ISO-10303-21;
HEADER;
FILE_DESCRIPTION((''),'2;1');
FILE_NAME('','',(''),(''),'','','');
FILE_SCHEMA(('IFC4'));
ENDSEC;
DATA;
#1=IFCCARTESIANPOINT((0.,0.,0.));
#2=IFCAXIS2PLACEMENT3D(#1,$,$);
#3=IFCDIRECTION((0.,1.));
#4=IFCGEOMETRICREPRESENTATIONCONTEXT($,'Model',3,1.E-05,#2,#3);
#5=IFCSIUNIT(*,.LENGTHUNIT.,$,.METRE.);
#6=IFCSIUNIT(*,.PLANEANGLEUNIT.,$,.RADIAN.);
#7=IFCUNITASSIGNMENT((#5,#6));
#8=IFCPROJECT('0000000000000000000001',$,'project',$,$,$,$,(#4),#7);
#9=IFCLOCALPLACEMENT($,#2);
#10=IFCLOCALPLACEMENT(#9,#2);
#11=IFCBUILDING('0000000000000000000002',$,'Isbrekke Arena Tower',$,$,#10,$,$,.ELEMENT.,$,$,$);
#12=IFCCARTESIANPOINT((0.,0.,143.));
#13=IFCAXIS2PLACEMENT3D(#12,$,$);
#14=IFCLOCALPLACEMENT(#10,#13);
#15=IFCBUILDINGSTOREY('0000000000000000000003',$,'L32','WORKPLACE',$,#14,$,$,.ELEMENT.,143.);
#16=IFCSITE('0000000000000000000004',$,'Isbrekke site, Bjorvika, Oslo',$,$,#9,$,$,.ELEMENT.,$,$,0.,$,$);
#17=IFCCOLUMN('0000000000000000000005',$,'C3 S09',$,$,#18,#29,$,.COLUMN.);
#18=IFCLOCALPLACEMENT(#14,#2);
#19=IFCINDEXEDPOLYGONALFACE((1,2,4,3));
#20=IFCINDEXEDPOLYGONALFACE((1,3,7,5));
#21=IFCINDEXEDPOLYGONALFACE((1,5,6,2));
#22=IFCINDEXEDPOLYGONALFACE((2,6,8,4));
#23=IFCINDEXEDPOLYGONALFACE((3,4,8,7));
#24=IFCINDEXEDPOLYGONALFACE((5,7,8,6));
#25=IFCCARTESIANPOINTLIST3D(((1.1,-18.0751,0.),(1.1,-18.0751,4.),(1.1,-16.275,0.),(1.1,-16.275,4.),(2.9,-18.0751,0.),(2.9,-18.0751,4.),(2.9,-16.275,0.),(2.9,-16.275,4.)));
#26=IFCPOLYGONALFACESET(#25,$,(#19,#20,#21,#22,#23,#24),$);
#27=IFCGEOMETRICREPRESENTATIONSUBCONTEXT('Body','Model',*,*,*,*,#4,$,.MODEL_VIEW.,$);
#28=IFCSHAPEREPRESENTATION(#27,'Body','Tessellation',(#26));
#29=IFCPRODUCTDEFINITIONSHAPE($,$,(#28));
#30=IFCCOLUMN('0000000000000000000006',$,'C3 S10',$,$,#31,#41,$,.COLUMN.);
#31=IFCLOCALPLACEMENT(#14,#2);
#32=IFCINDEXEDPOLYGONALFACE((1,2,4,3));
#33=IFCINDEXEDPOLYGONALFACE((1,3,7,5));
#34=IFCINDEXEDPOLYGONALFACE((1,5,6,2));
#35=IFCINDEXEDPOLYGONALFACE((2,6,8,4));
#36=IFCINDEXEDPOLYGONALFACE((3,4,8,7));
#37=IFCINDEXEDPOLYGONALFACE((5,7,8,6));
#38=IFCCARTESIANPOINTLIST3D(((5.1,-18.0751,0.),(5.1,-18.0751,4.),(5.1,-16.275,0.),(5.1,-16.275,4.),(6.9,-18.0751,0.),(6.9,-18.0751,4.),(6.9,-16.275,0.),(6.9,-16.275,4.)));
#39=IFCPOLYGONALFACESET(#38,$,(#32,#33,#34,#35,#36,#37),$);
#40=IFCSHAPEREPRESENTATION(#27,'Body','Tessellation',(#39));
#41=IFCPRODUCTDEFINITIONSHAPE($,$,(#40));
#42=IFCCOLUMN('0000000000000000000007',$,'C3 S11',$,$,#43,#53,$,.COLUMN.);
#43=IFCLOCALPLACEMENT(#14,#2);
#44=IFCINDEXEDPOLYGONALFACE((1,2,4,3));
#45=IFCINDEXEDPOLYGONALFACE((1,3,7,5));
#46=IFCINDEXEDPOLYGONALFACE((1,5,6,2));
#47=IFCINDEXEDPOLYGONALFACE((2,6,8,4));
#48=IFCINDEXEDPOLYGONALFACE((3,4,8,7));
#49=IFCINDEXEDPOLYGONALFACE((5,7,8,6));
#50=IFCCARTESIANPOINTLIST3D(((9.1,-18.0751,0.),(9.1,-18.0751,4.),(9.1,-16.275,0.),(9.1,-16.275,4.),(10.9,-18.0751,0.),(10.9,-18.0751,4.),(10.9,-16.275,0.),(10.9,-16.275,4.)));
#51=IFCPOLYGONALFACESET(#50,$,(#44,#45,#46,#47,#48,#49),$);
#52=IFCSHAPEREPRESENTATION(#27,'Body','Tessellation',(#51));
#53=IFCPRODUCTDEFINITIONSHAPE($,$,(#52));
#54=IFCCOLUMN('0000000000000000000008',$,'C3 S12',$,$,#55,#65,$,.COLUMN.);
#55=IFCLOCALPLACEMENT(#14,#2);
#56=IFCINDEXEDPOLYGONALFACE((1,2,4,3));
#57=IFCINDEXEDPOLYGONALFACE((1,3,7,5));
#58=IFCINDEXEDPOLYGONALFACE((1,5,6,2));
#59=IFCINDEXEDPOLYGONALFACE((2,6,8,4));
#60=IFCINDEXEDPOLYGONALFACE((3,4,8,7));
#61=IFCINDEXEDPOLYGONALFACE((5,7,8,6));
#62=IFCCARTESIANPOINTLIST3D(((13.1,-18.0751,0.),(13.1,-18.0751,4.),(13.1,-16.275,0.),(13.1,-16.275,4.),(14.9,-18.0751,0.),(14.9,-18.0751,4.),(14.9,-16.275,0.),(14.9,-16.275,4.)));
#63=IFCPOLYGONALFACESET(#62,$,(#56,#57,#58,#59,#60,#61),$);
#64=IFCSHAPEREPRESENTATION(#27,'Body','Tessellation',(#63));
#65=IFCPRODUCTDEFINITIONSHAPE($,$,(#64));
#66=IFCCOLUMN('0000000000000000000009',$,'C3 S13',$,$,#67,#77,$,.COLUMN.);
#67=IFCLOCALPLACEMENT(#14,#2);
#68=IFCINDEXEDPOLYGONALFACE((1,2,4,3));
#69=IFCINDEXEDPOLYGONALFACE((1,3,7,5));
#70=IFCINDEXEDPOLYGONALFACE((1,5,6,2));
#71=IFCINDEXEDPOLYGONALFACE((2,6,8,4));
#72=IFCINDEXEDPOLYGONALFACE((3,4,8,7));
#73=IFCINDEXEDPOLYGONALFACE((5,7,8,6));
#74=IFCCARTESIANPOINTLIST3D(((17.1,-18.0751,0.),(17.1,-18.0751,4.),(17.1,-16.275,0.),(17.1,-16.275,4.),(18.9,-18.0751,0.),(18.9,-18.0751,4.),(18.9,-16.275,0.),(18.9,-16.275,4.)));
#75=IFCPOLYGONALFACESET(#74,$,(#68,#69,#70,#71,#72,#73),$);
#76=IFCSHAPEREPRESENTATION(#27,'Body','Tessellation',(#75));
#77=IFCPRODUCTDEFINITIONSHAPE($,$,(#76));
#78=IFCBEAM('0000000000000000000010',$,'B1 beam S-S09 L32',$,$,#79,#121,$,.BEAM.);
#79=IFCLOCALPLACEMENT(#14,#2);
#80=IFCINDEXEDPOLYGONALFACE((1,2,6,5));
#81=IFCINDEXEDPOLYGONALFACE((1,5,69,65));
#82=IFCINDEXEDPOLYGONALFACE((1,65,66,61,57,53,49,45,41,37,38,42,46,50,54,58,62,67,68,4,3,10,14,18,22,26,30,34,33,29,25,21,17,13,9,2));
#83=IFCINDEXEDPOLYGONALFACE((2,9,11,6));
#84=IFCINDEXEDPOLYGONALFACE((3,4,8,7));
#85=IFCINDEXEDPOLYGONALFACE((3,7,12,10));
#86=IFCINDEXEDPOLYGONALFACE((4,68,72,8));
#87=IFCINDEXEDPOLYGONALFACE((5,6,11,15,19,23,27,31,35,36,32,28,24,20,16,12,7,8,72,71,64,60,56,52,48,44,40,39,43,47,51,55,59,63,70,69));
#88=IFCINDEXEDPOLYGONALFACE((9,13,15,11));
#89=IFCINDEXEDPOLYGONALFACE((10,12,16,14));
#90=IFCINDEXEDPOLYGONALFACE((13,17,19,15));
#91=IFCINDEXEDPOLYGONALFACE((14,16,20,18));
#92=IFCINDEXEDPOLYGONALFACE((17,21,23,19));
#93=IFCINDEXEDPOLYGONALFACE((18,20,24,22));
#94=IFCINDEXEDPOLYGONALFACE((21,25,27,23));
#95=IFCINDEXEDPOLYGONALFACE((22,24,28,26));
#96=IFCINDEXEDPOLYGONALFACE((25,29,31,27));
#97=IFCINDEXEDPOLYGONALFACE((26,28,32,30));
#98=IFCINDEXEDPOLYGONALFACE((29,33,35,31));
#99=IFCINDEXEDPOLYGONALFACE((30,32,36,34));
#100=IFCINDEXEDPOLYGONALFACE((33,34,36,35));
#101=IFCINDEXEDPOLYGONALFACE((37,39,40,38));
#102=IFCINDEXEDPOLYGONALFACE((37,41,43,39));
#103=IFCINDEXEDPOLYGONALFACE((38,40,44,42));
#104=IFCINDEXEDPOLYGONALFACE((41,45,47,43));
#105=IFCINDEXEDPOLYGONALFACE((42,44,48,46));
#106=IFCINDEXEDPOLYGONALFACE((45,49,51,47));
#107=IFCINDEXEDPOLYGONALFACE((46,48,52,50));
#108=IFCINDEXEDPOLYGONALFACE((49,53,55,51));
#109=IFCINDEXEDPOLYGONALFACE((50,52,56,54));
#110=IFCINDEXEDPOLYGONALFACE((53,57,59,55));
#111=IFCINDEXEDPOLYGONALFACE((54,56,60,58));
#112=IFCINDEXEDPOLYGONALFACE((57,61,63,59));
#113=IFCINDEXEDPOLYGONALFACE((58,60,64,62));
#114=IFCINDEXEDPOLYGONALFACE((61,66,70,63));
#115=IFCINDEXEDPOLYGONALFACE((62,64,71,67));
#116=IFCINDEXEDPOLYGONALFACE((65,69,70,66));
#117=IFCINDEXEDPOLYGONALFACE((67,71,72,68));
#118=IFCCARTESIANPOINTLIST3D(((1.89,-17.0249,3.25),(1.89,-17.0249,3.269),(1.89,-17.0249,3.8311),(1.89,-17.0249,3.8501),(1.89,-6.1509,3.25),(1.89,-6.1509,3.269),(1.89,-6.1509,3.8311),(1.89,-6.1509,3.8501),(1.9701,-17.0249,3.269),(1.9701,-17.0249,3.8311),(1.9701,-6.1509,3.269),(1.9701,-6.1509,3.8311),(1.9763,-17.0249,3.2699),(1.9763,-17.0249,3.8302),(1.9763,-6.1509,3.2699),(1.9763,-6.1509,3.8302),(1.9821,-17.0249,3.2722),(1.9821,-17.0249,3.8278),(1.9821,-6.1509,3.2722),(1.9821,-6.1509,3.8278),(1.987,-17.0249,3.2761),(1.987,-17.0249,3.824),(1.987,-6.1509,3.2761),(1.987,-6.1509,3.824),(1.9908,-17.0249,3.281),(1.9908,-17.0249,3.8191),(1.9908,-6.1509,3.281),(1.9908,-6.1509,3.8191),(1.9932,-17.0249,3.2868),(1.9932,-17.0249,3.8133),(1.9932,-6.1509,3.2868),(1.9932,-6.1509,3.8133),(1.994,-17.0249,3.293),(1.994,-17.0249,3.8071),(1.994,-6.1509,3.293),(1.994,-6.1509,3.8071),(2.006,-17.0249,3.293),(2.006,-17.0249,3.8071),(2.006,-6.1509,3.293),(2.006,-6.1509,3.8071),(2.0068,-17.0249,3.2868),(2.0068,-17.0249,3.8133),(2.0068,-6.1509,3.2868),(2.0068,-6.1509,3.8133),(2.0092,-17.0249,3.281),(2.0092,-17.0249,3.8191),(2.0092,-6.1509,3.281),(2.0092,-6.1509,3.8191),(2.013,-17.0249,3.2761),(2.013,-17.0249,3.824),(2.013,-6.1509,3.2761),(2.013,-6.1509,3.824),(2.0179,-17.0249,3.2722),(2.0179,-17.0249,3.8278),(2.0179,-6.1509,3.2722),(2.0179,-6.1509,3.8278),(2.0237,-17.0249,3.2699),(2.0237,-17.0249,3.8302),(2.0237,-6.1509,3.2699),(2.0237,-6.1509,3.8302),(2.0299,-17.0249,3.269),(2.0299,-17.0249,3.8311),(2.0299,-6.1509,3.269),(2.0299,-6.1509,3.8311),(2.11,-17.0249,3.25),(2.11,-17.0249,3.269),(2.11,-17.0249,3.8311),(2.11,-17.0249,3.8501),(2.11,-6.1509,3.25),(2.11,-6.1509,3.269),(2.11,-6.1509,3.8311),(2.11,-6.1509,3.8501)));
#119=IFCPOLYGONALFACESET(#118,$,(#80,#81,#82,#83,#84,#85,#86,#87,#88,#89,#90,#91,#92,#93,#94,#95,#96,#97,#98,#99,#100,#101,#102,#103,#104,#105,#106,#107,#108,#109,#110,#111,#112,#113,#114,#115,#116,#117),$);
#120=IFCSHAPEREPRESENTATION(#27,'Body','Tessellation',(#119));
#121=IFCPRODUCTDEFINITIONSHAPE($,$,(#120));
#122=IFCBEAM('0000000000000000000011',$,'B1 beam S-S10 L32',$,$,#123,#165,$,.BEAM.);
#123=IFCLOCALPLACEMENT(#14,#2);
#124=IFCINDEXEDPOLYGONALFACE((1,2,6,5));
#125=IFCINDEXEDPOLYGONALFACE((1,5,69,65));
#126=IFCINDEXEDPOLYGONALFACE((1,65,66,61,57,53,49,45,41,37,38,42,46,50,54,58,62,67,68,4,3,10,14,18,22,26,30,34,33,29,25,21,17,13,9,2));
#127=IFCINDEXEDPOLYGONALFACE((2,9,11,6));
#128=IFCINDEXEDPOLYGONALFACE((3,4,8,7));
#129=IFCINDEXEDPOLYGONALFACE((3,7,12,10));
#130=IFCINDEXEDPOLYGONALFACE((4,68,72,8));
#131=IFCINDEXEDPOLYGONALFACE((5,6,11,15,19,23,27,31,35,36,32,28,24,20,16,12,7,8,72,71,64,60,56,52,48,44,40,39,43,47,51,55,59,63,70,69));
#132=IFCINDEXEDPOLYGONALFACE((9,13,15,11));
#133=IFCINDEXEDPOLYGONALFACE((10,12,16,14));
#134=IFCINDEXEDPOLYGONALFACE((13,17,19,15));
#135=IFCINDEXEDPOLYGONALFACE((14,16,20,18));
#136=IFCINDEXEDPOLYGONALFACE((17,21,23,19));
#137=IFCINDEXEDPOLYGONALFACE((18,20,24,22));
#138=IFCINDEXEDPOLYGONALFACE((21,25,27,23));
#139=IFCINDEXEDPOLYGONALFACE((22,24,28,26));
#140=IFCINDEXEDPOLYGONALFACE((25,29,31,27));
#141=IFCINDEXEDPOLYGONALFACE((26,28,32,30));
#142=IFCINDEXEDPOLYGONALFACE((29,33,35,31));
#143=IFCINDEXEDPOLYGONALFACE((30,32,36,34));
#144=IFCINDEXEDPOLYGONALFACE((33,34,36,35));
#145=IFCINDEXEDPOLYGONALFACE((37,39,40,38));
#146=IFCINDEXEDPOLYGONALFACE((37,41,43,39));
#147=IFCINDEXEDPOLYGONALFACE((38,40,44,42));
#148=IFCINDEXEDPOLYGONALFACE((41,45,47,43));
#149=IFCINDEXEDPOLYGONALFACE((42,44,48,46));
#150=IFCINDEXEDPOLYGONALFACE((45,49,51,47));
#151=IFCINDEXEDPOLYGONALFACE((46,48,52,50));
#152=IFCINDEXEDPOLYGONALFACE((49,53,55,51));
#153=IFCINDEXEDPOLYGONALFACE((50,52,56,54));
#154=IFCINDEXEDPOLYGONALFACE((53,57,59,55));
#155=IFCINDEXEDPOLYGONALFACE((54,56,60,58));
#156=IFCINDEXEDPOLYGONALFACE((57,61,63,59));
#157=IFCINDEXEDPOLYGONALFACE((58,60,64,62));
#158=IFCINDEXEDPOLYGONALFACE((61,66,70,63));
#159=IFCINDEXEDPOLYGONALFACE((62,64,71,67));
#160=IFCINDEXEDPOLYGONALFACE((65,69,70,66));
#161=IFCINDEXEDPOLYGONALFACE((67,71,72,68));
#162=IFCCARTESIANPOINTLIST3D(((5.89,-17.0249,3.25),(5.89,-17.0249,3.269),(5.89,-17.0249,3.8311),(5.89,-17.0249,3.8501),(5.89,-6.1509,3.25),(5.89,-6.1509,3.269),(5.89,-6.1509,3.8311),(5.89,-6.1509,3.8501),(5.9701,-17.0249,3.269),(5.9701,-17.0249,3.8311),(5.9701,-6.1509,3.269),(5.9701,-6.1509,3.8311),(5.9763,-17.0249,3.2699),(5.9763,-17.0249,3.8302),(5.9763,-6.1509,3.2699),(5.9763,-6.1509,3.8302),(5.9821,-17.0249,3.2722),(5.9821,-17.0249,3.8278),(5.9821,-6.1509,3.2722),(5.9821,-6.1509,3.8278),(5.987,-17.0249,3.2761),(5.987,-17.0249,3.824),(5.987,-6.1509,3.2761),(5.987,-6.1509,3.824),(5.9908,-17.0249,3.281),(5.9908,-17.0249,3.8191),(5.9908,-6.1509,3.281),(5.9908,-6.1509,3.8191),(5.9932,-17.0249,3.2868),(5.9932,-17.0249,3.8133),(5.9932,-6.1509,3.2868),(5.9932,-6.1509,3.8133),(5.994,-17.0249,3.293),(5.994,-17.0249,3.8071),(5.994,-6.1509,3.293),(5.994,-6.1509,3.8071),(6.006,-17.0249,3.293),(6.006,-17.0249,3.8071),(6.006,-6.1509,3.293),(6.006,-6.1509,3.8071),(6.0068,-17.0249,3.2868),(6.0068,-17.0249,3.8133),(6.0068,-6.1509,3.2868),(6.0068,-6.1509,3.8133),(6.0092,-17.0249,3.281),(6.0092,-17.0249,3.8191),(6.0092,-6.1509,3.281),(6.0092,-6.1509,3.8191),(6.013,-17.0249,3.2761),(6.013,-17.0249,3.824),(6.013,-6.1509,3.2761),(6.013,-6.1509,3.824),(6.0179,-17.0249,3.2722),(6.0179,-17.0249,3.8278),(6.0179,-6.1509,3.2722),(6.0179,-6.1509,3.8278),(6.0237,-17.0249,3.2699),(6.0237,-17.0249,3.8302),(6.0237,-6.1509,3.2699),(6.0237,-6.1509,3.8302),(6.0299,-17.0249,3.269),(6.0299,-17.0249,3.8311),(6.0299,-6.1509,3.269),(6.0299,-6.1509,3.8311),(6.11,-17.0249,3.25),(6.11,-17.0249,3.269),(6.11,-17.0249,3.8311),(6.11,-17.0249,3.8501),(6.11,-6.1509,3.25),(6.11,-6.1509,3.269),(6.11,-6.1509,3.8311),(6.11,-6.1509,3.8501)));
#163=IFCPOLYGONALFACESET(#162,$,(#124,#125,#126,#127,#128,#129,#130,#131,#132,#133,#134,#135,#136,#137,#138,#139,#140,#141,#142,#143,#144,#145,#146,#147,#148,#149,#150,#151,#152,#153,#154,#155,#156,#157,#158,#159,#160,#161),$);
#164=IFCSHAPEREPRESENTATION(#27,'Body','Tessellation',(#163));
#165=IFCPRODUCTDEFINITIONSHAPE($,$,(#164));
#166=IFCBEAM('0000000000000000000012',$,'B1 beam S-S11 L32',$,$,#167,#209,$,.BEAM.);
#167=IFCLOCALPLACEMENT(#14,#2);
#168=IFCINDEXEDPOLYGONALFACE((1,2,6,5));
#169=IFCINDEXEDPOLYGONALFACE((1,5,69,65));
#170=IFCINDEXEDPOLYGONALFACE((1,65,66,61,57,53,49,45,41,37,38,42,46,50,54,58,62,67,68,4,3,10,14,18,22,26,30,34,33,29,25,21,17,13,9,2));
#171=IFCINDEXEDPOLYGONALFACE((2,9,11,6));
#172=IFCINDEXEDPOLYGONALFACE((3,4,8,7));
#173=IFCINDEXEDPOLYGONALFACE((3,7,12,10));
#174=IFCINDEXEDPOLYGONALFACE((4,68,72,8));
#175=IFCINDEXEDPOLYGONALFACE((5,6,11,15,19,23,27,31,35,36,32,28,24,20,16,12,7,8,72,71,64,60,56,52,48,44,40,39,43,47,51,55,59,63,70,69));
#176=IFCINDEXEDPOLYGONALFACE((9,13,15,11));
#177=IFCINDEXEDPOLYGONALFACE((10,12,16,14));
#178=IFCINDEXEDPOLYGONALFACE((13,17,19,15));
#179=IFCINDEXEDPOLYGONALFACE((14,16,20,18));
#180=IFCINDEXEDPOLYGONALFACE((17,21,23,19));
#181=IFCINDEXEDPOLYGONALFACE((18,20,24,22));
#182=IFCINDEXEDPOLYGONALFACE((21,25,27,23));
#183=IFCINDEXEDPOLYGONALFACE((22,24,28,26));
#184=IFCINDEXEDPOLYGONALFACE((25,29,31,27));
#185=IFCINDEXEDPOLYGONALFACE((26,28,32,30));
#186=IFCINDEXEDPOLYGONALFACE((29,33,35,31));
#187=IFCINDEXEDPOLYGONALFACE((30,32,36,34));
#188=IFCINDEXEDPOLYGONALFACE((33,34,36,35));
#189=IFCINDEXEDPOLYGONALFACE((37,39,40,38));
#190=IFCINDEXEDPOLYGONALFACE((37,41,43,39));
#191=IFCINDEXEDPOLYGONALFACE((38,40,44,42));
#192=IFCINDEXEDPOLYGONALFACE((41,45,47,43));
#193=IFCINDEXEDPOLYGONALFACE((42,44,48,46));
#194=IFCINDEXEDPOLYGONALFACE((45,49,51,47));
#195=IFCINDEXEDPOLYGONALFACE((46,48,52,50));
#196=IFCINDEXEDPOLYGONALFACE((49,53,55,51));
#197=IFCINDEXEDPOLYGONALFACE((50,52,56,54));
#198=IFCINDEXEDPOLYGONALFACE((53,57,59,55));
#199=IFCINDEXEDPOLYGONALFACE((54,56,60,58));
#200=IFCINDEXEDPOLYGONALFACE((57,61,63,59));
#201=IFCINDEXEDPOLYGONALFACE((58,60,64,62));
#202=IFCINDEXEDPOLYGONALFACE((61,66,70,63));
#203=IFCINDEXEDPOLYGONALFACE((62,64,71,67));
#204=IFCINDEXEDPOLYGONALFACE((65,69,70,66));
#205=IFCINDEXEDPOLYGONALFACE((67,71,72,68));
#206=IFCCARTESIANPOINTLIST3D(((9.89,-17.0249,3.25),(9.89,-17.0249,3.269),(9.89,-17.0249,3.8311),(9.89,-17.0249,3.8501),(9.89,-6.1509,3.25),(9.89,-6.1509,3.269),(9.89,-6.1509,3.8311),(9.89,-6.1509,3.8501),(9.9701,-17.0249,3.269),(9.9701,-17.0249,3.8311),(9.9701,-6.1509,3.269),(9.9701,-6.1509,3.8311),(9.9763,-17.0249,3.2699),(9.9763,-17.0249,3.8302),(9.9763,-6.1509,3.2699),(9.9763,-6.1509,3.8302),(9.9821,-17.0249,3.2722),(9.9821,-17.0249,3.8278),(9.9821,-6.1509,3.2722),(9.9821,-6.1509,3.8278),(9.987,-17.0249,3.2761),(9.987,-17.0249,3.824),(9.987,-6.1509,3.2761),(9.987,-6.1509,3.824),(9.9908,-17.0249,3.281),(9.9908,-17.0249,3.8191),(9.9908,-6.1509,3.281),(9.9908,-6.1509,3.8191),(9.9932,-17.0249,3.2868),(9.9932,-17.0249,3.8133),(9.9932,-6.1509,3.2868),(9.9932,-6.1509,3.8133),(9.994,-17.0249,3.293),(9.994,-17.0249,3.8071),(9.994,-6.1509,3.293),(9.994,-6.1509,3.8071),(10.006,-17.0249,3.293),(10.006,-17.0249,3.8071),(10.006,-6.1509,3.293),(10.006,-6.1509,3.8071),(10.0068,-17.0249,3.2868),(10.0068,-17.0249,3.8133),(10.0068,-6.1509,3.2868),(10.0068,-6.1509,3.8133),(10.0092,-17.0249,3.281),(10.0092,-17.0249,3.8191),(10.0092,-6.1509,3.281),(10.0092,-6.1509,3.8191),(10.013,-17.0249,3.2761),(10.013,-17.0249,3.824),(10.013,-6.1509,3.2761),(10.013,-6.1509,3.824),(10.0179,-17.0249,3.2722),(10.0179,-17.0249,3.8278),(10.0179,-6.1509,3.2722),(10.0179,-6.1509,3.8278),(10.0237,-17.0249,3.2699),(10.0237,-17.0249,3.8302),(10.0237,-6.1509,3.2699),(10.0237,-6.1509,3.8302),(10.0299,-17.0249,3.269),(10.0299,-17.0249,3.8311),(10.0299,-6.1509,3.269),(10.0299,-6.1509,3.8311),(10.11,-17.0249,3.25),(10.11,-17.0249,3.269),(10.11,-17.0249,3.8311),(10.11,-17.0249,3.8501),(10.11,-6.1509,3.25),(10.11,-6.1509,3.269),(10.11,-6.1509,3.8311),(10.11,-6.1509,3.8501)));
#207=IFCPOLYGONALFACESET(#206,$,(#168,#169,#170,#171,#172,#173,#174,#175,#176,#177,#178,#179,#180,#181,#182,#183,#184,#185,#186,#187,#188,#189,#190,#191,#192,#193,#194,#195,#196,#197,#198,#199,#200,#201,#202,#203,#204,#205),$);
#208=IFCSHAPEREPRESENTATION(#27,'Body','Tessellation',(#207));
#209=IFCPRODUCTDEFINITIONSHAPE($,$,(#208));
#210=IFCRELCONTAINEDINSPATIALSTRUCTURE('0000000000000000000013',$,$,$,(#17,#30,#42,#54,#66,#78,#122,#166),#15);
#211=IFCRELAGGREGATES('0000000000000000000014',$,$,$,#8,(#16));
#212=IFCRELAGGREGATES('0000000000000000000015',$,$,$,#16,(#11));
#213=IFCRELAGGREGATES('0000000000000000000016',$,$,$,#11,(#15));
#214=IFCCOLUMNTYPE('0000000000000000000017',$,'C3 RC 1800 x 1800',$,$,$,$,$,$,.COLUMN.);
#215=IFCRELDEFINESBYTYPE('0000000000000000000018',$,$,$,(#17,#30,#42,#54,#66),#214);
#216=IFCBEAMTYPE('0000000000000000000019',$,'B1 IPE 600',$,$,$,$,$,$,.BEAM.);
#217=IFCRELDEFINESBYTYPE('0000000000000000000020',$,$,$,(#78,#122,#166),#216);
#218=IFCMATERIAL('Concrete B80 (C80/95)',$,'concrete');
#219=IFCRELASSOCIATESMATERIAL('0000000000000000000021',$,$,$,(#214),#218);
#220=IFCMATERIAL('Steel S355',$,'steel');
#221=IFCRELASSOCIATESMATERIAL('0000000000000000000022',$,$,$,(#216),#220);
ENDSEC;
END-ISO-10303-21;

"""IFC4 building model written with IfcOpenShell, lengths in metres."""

from ifc_helpers import new_model, si_unit, direction, frame, origin, origin_2d, place, context, subcontext, project, spatial, rectangle, i_section, extrude, material, material_profile, profile_set, type_object, element, save


model = new_model("IFC4")

# Units and contexts
model_context = context("Model", 3, precision=1e-05, world=origin(), true_north=direction((0.0, 1.0)))
body_context = subcontext(model_context, "Body", "Model", "MODEL_VIEW")
ifc_project = project(units=[si_unit("LENGTHUNIT", "METRE"), si_unit("PLANEANGLEUNIT", "RADIAN")], contexts=[model_context])

# Site, building, storey
site_placement = place(None, origin())
site = spatial("IfcSite", under=ifc_project, at=site_placement, Name="Isbrekke site, Bjorvika, Oslo", CompositionType="ELEMENT", RefElevation=0.0)
building_placement = place(site_placement, origin())
building = spatial("IfcBuilding", under=site, at=building_placement, Name="Isbrekke Arena Tower", CompositionType="ELEMENT")
storey_placement = place(building_placement, frame((0.0, 0.0, 143.0)))
storey = spatial("IfcBuildingStorey", under=building, at=storey_placement, Name="L32", Description="WORKPLACE", CompositionType="ELEMENT", Elevation=143.0)

# Columns
ifc_material_1 = material(Name="Concrete B80 (C80/95)", Category="concrete")
ifc_material_profile_1 = material_profile(ifc_material_1, rectangle(XDim=1.8, YDim=1.8, at=origin_2d()), Name="RC 1800x1800")
ifc_profile_set_1 = profile_set([ifc_material_profile_1], Name="Concrete B80 (C80/95)")
column_type = type_object("IfcColumnType", Name="C3 RC 1800 x 1800", PredefinedType="COLUMN", material=ifc_profile_set_1)
for number, where, z_axis, x_axis, name in (
    (1, (2.0, -17.175, 0.0), (0.0, 0.0, 1.0), (1.0, 0.0, 0.0), "C3 S09"),
    (2, (6.0, -17.175, 0.0), (0.0, 0.0, 1.0), (1.0, 0.0, 0.0), "C3 S10"),
    (3, (10.0, -17.175, 0.0), (0.0, 0.0, 1.0), (1.0, 0.0, 0.0), "C3 S11"),
    (4, (14.0, -17.175, 0.0), (0.0, 0.0, 1.0), (1.0, 0.0, 0.0), "C3 S12"),
    (5, (18.0, -17.175, 0.0), (0.0, 0.0, 1.0), (1.0, 0.0, 0.0), "C3 S13"),
):
    element("IfcColumn", number, at=place(storey_placement, frame(where, z_axis=z_axis, x_axis=x_axis)), inside=storey, type_object=column_type, Name=name, PredefinedType="COLUMN", context=body_context, shape_type="SweptSolid", body=[
        extrude(rectangle(XDim=1.8, YDim=1.8, at=origin_2d()), origin(), (0.0, 0.0, 1.0), 4.0),
    ])

# Beams
ifc_material_2 = material(Name="Steel S355", Category="steel")
ifc_material_profile_2 = material_profile(ifc_material_2, i_section(OverallWidth=0.22, OverallDepth=0.6001, WebThickness=0.012, FlangeThickness=0.019, FilletRadius=0.0239, at=origin_2d()), Name="IPE 600")
ifc_profile_set_2 = profile_set([ifc_material_profile_2], Name="Steel S355")
beam_type_1 = type_object("IfcBeamType", Name="B1 IPE 600", PredefinedType="BEAM", material=ifc_profile_set_2)
for number, where, z_axis, x_axis, name in (
    (6, (2.0, -17.0249, 3.55), (0.0, 1.0, 0.0), (-1.0, 0.0, 0.0), "B1 beam S-S09 L32"),
    (7, (6.0, -17.0249, 3.55), (0.0, 1.0, 0.0), (-1.0, 0.0, 0.0), "B1 beam S-S10 L32"),
    (8, (10.0, -17.0249, 3.55), (0.0, 1.0, 0.0), (-1.0, 0.0, 0.0), "B1 beam S-S11 L32"),
):
    element("IfcBeam", number, at=place(storey_placement, frame(where, z_axis=z_axis, x_axis=x_axis)), inside=storey, type_object=beam_type_1, Name=name, PredefinedType="BEAM", context=body_context, shape_type="SweptSolid", body=[
        extrude(i_section(OverallWidth=0.22, OverallDepth=0.6001, WebThickness=0.012, FlangeThickness=0.019, FilletRadius=0.0239, at=origin_2d()), origin(), (0.0, 0.0, 1.0), 10.874),
    ])

save(model, "model.ifc")
